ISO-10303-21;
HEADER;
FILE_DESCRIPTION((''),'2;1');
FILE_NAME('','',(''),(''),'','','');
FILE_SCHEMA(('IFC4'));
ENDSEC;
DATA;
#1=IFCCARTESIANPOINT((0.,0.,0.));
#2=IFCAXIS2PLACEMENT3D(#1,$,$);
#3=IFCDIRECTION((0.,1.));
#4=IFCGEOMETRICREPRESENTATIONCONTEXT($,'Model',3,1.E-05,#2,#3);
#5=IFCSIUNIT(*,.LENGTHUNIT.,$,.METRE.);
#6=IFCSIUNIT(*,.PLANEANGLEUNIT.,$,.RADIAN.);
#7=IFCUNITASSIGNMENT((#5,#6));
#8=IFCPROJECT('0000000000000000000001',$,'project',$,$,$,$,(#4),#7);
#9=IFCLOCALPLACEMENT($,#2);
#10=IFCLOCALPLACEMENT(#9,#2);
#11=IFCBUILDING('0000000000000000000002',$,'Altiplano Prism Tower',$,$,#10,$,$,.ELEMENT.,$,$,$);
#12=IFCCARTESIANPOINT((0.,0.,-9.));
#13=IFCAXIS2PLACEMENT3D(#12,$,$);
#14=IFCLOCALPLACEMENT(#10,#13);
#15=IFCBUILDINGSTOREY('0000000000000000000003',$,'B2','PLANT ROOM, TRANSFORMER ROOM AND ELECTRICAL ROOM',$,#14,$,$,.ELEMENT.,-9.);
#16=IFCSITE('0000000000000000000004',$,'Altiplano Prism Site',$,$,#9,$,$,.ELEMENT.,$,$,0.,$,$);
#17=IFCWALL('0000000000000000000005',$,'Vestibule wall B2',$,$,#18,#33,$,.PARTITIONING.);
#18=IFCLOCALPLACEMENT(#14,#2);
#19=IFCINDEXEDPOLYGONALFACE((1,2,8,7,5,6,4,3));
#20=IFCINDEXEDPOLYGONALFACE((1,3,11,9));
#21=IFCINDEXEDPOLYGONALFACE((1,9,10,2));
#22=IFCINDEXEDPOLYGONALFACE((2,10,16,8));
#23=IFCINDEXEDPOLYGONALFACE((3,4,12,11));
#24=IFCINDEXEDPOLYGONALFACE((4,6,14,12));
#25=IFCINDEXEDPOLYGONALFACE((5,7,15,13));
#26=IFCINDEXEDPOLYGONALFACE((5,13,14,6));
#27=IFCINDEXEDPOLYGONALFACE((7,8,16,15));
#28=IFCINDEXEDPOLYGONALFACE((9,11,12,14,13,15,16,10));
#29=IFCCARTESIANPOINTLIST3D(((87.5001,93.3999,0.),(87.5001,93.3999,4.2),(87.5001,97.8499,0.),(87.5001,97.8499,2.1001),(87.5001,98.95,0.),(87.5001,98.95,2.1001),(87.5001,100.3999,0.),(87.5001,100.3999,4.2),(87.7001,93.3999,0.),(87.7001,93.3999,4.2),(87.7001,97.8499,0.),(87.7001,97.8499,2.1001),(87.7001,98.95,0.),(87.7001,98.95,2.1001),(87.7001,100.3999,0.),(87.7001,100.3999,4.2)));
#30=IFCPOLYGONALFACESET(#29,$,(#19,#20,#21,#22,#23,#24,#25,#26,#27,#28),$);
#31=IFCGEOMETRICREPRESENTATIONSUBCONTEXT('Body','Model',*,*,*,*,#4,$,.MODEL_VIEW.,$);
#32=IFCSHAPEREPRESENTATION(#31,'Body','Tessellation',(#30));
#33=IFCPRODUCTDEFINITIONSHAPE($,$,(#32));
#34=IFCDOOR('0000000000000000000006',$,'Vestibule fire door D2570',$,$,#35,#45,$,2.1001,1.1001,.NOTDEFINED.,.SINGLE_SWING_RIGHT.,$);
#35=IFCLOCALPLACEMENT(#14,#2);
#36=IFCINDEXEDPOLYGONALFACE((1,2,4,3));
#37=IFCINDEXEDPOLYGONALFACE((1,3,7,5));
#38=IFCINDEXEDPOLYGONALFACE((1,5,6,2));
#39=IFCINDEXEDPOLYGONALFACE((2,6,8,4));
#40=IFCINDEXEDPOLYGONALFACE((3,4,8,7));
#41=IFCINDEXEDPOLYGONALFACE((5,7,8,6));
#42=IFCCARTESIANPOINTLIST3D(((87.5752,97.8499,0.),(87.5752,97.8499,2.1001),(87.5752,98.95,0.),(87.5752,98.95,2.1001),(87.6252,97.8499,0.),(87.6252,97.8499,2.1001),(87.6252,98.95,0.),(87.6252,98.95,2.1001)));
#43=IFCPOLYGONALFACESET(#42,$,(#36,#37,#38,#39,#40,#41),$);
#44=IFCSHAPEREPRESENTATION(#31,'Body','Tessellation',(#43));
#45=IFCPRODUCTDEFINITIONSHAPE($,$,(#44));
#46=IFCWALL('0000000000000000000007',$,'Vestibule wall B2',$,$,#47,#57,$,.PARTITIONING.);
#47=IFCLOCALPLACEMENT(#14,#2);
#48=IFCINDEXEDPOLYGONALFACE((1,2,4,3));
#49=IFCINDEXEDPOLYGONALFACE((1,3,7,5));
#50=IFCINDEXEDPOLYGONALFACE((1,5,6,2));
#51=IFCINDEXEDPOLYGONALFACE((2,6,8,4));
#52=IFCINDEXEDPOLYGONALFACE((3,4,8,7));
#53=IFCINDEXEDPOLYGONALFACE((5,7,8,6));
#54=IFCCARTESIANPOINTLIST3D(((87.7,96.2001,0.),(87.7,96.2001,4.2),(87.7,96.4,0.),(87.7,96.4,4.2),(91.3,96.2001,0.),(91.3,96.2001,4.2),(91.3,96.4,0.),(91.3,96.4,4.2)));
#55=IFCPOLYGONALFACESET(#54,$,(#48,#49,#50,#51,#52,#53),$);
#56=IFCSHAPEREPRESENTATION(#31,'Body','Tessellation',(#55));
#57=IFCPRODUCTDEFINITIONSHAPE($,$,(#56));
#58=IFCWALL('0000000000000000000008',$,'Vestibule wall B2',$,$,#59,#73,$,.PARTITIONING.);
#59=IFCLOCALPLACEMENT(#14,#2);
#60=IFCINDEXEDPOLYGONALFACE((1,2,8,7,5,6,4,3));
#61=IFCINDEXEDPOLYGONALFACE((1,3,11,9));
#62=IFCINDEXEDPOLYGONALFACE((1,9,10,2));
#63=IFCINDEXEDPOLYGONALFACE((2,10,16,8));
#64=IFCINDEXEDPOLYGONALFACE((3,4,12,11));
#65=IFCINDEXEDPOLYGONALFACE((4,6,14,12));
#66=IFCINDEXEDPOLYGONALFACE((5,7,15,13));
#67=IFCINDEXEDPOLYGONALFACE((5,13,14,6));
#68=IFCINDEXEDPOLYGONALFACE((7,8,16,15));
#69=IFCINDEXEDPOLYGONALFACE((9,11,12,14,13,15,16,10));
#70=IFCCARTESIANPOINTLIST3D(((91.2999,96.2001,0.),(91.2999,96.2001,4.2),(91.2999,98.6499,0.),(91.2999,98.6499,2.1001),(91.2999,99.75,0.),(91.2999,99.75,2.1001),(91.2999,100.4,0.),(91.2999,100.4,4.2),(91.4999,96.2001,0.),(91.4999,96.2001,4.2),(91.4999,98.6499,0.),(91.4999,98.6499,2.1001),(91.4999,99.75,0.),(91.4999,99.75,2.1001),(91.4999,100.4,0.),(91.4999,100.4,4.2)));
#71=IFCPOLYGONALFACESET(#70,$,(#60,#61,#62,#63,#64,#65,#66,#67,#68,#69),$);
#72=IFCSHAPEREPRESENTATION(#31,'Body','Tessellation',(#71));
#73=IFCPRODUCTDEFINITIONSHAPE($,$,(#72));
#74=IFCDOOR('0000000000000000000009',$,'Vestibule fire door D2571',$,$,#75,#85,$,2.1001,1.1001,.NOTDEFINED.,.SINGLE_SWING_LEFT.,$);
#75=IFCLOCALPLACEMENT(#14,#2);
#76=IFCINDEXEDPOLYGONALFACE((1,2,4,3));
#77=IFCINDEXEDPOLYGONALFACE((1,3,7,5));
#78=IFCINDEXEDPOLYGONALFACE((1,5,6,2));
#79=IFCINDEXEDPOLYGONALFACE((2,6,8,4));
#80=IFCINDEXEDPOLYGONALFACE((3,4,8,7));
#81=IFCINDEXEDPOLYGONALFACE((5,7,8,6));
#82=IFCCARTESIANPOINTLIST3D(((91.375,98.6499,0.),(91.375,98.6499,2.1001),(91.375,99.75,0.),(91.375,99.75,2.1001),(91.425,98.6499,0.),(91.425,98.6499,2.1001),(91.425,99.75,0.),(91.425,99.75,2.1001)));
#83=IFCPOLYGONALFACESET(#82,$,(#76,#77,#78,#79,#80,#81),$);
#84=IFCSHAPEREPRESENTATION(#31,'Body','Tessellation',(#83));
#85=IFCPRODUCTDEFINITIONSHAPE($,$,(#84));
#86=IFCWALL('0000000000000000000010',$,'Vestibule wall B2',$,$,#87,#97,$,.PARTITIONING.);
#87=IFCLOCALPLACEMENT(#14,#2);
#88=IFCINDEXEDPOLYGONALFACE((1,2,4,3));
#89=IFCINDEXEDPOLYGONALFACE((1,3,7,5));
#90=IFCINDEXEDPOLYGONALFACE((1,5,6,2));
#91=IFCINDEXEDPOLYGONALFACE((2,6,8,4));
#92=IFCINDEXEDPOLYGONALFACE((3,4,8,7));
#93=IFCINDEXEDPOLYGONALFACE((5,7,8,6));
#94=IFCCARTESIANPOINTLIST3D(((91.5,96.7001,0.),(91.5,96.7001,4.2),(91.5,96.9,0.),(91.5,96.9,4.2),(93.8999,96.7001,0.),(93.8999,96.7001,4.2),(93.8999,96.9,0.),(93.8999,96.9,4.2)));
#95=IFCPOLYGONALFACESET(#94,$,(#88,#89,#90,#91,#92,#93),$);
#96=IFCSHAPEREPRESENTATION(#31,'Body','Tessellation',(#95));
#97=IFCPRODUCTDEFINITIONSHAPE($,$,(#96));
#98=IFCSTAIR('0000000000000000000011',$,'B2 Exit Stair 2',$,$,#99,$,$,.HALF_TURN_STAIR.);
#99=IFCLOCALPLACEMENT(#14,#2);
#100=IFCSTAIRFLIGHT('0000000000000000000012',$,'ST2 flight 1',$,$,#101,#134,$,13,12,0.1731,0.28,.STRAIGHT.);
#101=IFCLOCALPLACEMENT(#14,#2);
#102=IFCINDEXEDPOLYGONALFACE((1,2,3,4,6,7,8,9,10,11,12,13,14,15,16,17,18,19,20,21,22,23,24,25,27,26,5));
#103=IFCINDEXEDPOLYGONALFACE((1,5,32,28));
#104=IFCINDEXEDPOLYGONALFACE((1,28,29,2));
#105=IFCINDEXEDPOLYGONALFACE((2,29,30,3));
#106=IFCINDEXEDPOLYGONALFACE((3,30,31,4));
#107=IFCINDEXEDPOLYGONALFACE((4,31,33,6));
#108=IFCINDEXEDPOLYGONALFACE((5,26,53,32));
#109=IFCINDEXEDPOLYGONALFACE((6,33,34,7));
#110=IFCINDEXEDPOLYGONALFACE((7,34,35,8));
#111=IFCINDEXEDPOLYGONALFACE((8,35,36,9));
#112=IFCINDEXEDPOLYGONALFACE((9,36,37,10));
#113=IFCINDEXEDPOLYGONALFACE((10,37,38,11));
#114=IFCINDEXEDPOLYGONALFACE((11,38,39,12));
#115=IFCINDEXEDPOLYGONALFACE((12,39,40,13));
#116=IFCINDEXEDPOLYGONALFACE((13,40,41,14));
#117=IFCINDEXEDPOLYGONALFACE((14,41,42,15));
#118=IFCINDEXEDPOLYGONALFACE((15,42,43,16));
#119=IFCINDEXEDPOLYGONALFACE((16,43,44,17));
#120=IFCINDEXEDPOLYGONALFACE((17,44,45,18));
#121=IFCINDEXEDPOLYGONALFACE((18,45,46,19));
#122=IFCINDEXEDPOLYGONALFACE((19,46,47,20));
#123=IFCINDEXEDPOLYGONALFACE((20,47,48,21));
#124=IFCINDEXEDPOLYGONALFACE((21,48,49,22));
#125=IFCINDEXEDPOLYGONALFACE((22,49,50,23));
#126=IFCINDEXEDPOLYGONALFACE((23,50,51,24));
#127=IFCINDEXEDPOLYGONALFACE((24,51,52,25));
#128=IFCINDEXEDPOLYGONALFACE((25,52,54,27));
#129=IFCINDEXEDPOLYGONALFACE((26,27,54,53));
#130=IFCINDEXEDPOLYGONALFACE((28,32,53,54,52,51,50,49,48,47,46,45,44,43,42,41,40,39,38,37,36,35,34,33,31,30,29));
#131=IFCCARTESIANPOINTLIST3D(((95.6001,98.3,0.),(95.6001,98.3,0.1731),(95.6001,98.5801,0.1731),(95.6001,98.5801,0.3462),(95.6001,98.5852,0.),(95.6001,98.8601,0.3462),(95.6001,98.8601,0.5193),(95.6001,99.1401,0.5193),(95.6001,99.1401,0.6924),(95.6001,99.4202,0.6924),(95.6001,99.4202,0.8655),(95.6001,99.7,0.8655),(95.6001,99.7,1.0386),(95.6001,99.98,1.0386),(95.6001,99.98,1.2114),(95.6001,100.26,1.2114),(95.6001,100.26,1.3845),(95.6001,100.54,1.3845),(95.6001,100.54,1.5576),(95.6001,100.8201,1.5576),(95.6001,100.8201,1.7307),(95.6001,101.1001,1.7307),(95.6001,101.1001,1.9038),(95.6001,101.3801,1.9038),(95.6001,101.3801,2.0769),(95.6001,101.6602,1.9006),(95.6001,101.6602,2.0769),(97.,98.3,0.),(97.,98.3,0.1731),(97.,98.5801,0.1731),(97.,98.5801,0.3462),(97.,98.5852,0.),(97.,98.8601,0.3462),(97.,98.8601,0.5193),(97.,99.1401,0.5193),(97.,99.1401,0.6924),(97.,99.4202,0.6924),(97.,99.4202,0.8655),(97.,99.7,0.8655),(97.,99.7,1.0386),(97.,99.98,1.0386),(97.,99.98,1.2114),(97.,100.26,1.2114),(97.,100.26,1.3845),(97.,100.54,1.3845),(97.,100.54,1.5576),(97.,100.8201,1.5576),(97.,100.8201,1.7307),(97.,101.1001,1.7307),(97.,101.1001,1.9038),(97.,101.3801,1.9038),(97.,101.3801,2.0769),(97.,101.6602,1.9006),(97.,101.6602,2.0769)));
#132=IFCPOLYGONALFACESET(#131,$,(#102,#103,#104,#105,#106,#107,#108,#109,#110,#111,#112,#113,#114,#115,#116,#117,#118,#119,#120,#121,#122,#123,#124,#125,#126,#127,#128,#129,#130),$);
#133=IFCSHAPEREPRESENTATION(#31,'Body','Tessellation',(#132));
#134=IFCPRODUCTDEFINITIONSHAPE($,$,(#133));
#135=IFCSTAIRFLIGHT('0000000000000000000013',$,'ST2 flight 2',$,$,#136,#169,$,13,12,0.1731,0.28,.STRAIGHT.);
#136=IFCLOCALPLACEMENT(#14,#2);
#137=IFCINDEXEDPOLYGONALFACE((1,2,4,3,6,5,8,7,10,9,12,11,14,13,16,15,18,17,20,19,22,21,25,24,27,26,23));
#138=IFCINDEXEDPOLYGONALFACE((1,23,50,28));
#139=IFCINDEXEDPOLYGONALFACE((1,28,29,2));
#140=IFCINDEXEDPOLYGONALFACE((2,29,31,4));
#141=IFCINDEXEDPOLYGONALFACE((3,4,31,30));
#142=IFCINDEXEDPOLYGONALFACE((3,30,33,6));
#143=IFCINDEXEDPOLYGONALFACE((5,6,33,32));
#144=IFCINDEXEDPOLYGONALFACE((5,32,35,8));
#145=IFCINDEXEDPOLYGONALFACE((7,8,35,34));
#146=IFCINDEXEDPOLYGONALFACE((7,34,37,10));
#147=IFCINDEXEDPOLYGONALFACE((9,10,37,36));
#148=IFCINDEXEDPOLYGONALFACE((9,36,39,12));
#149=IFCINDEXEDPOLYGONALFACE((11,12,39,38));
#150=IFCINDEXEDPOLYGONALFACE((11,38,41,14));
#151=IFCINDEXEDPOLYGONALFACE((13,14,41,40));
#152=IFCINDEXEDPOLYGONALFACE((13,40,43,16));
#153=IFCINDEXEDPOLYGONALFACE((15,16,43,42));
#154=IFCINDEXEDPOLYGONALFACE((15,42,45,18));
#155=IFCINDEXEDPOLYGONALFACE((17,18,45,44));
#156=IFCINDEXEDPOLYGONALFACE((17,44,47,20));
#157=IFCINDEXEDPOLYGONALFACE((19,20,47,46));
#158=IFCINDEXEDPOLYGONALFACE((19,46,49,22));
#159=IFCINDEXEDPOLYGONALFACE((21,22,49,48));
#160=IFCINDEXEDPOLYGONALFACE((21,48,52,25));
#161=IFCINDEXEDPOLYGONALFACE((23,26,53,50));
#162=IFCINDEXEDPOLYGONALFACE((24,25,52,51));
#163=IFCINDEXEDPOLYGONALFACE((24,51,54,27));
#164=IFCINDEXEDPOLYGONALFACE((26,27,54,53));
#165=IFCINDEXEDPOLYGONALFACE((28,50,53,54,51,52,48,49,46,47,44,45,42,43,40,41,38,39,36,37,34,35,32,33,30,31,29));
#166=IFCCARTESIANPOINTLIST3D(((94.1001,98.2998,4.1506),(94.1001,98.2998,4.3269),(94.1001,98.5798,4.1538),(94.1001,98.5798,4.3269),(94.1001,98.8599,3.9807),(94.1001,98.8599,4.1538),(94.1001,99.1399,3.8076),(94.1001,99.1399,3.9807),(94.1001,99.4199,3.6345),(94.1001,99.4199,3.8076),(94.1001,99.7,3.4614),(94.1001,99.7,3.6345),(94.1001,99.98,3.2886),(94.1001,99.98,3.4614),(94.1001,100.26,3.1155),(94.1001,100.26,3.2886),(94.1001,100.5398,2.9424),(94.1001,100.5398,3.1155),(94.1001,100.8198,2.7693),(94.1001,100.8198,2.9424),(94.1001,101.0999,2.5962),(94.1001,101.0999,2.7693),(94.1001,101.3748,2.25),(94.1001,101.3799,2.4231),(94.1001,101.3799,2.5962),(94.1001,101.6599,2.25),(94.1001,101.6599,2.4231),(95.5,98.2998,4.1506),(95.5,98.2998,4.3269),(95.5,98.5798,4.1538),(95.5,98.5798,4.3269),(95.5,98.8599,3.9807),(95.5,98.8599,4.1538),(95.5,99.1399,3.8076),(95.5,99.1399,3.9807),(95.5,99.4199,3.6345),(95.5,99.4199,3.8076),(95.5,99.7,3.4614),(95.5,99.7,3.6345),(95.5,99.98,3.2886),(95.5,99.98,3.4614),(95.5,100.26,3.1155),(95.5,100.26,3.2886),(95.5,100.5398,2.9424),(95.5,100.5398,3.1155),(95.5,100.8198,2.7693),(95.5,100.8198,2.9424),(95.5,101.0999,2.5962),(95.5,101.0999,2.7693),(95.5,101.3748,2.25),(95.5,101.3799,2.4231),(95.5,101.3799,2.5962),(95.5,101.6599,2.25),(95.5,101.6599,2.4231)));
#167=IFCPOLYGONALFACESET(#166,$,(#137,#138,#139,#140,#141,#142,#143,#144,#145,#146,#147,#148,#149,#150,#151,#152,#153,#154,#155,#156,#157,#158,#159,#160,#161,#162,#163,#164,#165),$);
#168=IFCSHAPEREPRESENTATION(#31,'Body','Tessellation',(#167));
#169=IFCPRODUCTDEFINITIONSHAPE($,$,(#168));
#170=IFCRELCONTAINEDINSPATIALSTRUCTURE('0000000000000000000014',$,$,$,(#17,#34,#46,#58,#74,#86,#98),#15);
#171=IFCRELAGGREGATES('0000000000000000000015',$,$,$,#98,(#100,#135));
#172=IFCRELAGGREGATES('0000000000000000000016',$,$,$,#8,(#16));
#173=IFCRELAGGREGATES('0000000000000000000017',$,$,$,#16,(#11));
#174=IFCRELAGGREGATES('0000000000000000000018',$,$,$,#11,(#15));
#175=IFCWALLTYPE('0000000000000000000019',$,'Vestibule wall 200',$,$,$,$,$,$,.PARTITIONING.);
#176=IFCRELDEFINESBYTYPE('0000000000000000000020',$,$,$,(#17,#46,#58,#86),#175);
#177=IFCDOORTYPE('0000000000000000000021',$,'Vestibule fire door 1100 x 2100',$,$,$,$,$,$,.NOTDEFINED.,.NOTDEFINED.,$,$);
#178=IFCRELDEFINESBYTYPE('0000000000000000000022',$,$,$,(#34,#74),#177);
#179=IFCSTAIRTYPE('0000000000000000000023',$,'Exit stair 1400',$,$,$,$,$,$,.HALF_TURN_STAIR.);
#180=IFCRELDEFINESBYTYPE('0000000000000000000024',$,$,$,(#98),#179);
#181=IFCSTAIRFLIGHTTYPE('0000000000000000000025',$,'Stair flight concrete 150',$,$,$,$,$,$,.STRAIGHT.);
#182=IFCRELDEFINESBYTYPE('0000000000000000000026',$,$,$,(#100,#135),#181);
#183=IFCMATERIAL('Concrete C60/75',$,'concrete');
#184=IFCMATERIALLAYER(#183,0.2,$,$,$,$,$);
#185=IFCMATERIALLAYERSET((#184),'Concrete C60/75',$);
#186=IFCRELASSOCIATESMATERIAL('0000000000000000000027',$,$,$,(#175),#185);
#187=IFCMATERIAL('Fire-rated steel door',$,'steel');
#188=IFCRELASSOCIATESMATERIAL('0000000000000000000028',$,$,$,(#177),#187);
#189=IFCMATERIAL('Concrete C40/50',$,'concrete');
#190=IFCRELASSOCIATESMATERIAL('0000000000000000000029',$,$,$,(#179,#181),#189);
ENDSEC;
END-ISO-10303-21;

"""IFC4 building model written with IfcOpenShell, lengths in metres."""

from ifc_helpers import new_model, si_unit, direction, frame, frame_2d, origin, place, context, subcontext, project, spatial, polyline, rectangle, outline, extrude, material, layer, layer_set, type_object, element, fill, aggregate, save


model = new_model("IFC4")

# Units and contexts
model_context = context("Model", 3, precision=1e-05, world=origin(), true_north=direction((0.0, 1.0)))
body_context = subcontext(model_context, "Body", "Model", "MODEL_VIEW")
ifc_project = project(units=[si_unit("LENGTHUNIT", "METRE"), si_unit("PLANEANGLEUNIT", "RADIAN")], contexts=[model_context])

# Site, building, storey
site_placement = place(None, origin())
site = spatial("IfcSite", under=ifc_project, at=site_placement, Name="Altiplano Prism Site", CompositionType="ELEMENT", RefElevation=0.0)
building_placement = place(site_placement, origin())
building = spatial("IfcBuilding", under=site, at=building_placement, Name="Altiplano Prism Tower", CompositionType="ELEMENT")
storey_placement = place(building_placement, frame((0.0, 0.0, -9.0)))
storey = spatial("IfcBuildingStorey", under=building, at=storey_placement, Name="B2", Description="PLANT ROOM, TRANSFORMER ROOM AND ELECTRICAL ROOM", CompositionType="ELEMENT", Elevation=-9.0)

# Shared definitions
ifc_material_1 = material(Name="Concrete C60/75", Category="concrete")

# Shared definitions
ifc_material_2 = material(Name="Fire-rated steel door", Category="steel")

# Shared definitions
ifc_layer_1 = layer(ifc_material_1, 0.2)
ifc_layer_set_1 = layer_set([ifc_layer_1], Name="Concrete C60/75")
wall_type_1 = type_object("IfcWallType", Name="Vestibule wall 200", PredefinedType="PARTITIONING", material=ifc_layer_set_1)

# Wall, opening, door
wall_1_placement = place(storey_placement, frame((87.6001, 93.3999, 0.0), z_axis=(0.0, 0.0, 1.0), x_axis=(0.0, 1.0, 0.0)))
wall_1 = element("IfcWall", 1, at=wall_1_placement, inside=storey, type_object=wall_type_1, Name="Vestibule wall B2", PredefinedType="PARTITIONING", context=body_context, shape_type="SweptSolid", body=[
    extrude(rectangle(XDim=7.0, YDim=0.2, at=frame_2d((3.5, 0.0))), origin(), (0.0, 0.0, 1.0), 4.2),
])
opening_1_placement = place(wall_1_placement, frame((4.45, 0.0, 0.0)))
opening_1 = element("IfcOpeningElement", 2, at=opening_1_placement, cuts=wall_1, PredefinedType="OPENING", context=body_context, shape_type="SweptSolid", body=[
    extrude(rectangle(XDim=1.1001, YDim=2.1001, at=frame_2d((0.55, 1.05))), frame((0.0, 0.1104, 0.0), z_axis=(0.0, -1.0, 0.0), x_axis=(1.0, 0.0, 0.0)), (0.0, 0.0, 1.0), 0.2209),
])
door_type_1 = type_object("IfcDoorType", Name="Vestibule fire door 1100 x 2100", OperationType="NOTDEFINED", PredefinedType="NOTDEFINED", material=ifc_material_2)
door_1_placement = place(opening_1_placement, origin())
door_1 = element("IfcDoor", 3, at=door_1_placement, inside=storey, type_object=door_type_1, Name="Vestibule fire door D2570", OperationType="SINGLE_SWING_RIGHT", OverallHeight=2.1001, OverallWidth=1.1001, PredefinedType="NOTDEFINED", context=body_context, shape_type="SweptSolid", body=[
    extrude(rectangle(XDim=1.1001, YDim=2.1001, at=frame_2d((0.55, 1.05))), frame((0.0, 0.0249, 0.0), z_axis=(0.0, -1.0, 0.0), x_axis=(1.0, 0.0, 0.0)), (0.0, 0.0, 1.0), 0.05),
])
fill(opening_1, door_1)

# Wall
wall_2_placement = place(storey_placement, frame((87.7, 96.3, 0.0), z_axis=(0.0, 0.0, 1.0), x_axis=(1.0, 0.0, 0.0)))
element("IfcWall", 4, at=wall_2_placement, inside=storey, type_object=wall_type_1, Name="Vestibule wall B2", PredefinedType="PARTITIONING", context=body_context, shape_type="SweptSolid", body=[
    extrude(rectangle(XDim=3.6001, YDim=0.2, at=frame_2d((1.8, 0.0))), origin(), (0.0, 0.0, 1.0), 4.2),
])

# Wall, opening, door
wall_3_placement = place(storey_placement, frame((91.3999, 96.2, 0.0), z_axis=(0.0, 0.0, 1.0), x_axis=(0.0, 1.0, 0.0)))
wall_3 = element("IfcWall", 5, at=wall_3_placement, inside=storey, type_object=wall_type_1, Name="Vestibule wall B2", PredefinedType="PARTITIONING", context=body_context, shape_type="SweptSolid", body=[
    extrude(rectangle(XDim=4.2, YDim=0.2, at=frame_2d((2.1001, 0.0))), origin(), (0.0, 0.0, 1.0), 4.2),
])
opening_2_placement = place(wall_3_placement, frame((2.45, 0.0, 0.0)))
opening_2 = element("IfcOpeningElement", 6, at=opening_2_placement, cuts=wall_3, PredefinedType="OPENING", context=body_context, shape_type="SweptSolid", body=[
    extrude(rectangle(XDim=1.1001, YDim=2.1001, at=frame_2d((0.55, 1.05))), frame((0.0, 0.1104, 0.0), z_axis=(0.0, -1.0, 0.0), x_axis=(1.0, 0.0, 0.0)), (0.0, 0.0, 1.0), 0.2209),
])
door_2_placement = place(opening_2_placement, origin())
door_2 = element("IfcDoor", 7, at=door_2_placement, inside=storey, type_object=door_type_1, Name="Vestibule fire door D2571", OperationType="SINGLE_SWING_LEFT", OverallHeight=2.1001, OverallWidth=1.1001, PredefinedType="NOTDEFINED", context=body_context, shape_type="SweptSolid", body=[
    extrude(rectangle(XDim=1.1001, YDim=2.1001, at=frame_2d((0.55, 1.05))), frame((0.0, 0.0249, 0.0), z_axis=(0.0, -1.0, 0.0), x_axis=(1.0, 0.0, 0.0)), (0.0, 0.0, 1.0), 0.05),
])
fill(opening_2, door_2)

# Wall
wall_4_placement = place(storey_placement, frame((91.5, 96.8, 0.0), z_axis=(0.0, 0.0, 1.0), x_axis=(1.0, 0.0, 0.0)))
element("IfcWall", 8, at=wall_4_placement, inside=storey, type_object=wall_type_1, Name="Vestibule wall B2", PredefinedType="PARTITIONING", context=body_context, shape_type="SweptSolid", body=[
    extrude(rectangle(XDim=2.3999, YDim=0.2, at=frame_2d((1.2, 0.0))), origin(), (0.0, 0.0, 1.0), 4.2),
])

# Stair, stair flights
ifc_material_3 = material(Name="Concrete C40/50", Category="concrete")
stair_type = type_object("IfcStairType", Name="Exit stair 1400", PredefinedType="HALF_TURN_STAIR", material=ifc_material_3)
stair_placement = place(storey_placement, origin())
stair = element("IfcStair", 9, at=stair_placement, inside=storey, type_object=stair_type, Name="B2 Exit Stair 2", PredefinedType="HALF_TURN_STAIR")
stair_flight_type = type_object("IfcStairFlightType", Name="Stair flight concrete 150", PredefinedType="STRAIGHT", material=ifc_material_3)
stair_flight_1_placement = place(storey_placement, frame((96.3, 98.3, 0.0), z_axis=(0.0, 0.0, 1.0), x_axis=(0.0, 1.0, 0.0)))
stair_flight_1 = element("IfcStairFlight", 10, at=stair_flight_1_placement, type_object=stair_flight_type, Name="ST2 flight 1", NumberOfRisers=13, NumberOfTreads=12, PredefinedType="STRAIGHT", RiserHeight=0.1731, TreadLength=0.28, context=body_context, shape_type="SweptSolid", body=[
    extrude(outline(polyline([(0.0, 0.0), (0.0, 0.1731), (0.28, 0.1731), (0.28, 0.3462), (0.5601, 0.3462), (0.5601, 0.5193), (0.8401, 0.5193), (0.8401, 0.6924), (1.1201, 0.6924), (1.1201, 0.8655), (1.3999, 0.8655), (1.3999, 1.0386), (1.6799, 1.0386), (1.6799, 1.2114), (1.96, 1.2114), (1.96, 1.3845), (2.24, 1.3845), (2.24, 1.5576), (2.52, 1.5576), (2.52, 1.7307), (2.8, 1.7307), (2.8, 1.9038), (3.0801, 1.9038), (3.0801, 2.0769), (3.3601, 2.0769), (3.3601, 2.25), (3.3601, 1.9006), (0.2852, 0.0), (0.0, 0.0)])), frame((0.0, 0.7, 0.0), z_axis=(0.0, -1.0, 0.0), x_axis=(1.0, 0.0, 0.0)), (0.0, 0.0, 1.0), 1.3999),
])
stair_flight_2_placement = place(storey_placement, frame((94.8, 101.6599, 2.25), z_axis=(0.0, 0.0, 1.0), x_axis=(0.0, -1.0, 0.0)))
stair_flight_2 = element("IfcStairFlight", 11, at=stair_flight_2_placement, type_object=stair_flight_type, Name="ST2 flight 2", NumberOfRisers=13, NumberOfTreads=12, PredefinedType="STRAIGHT", RiserHeight=0.1731, TreadLength=0.28, context=body_context, shape_type="SweptSolid", body=[
    extrude(outline(polyline([(0.0, 0.0), (0.0, 0.1731), (0.28, 0.1731), (0.28, 0.3462), (0.5601, 0.3462), (0.5601, 0.5193), (0.8401, 0.5193), (0.8401, 0.6924), (1.1201, 0.6924), (1.1201, 0.8655), (1.3999, 0.8655), (1.3999, 1.0386), (1.6799, 1.0386), (1.6799, 1.2114), (1.96, 1.2114), (1.96, 1.3845), (2.24, 1.3845), (2.24, 1.5576), (2.52, 1.5576), (2.52, 1.7307), (2.8, 1.7307), (2.8, 1.9038), (3.0801, 1.9038), (3.0801, 2.0769), (3.3601, 2.0769), (3.3601, 2.25), (3.3601, 1.9006), (0.2852, 0.0), (0.0, 0.0)])), frame((0.0, 0.7, 0.0), z_axis=(0.0, -1.0, 0.0), x_axis=(1.0, 0.0, 0.0)), (0.0, 0.0, 1.0), 1.3999),
])
aggregate(stair, [stair_flight_1, stair_flight_2])

save(model, "model.ifc")
